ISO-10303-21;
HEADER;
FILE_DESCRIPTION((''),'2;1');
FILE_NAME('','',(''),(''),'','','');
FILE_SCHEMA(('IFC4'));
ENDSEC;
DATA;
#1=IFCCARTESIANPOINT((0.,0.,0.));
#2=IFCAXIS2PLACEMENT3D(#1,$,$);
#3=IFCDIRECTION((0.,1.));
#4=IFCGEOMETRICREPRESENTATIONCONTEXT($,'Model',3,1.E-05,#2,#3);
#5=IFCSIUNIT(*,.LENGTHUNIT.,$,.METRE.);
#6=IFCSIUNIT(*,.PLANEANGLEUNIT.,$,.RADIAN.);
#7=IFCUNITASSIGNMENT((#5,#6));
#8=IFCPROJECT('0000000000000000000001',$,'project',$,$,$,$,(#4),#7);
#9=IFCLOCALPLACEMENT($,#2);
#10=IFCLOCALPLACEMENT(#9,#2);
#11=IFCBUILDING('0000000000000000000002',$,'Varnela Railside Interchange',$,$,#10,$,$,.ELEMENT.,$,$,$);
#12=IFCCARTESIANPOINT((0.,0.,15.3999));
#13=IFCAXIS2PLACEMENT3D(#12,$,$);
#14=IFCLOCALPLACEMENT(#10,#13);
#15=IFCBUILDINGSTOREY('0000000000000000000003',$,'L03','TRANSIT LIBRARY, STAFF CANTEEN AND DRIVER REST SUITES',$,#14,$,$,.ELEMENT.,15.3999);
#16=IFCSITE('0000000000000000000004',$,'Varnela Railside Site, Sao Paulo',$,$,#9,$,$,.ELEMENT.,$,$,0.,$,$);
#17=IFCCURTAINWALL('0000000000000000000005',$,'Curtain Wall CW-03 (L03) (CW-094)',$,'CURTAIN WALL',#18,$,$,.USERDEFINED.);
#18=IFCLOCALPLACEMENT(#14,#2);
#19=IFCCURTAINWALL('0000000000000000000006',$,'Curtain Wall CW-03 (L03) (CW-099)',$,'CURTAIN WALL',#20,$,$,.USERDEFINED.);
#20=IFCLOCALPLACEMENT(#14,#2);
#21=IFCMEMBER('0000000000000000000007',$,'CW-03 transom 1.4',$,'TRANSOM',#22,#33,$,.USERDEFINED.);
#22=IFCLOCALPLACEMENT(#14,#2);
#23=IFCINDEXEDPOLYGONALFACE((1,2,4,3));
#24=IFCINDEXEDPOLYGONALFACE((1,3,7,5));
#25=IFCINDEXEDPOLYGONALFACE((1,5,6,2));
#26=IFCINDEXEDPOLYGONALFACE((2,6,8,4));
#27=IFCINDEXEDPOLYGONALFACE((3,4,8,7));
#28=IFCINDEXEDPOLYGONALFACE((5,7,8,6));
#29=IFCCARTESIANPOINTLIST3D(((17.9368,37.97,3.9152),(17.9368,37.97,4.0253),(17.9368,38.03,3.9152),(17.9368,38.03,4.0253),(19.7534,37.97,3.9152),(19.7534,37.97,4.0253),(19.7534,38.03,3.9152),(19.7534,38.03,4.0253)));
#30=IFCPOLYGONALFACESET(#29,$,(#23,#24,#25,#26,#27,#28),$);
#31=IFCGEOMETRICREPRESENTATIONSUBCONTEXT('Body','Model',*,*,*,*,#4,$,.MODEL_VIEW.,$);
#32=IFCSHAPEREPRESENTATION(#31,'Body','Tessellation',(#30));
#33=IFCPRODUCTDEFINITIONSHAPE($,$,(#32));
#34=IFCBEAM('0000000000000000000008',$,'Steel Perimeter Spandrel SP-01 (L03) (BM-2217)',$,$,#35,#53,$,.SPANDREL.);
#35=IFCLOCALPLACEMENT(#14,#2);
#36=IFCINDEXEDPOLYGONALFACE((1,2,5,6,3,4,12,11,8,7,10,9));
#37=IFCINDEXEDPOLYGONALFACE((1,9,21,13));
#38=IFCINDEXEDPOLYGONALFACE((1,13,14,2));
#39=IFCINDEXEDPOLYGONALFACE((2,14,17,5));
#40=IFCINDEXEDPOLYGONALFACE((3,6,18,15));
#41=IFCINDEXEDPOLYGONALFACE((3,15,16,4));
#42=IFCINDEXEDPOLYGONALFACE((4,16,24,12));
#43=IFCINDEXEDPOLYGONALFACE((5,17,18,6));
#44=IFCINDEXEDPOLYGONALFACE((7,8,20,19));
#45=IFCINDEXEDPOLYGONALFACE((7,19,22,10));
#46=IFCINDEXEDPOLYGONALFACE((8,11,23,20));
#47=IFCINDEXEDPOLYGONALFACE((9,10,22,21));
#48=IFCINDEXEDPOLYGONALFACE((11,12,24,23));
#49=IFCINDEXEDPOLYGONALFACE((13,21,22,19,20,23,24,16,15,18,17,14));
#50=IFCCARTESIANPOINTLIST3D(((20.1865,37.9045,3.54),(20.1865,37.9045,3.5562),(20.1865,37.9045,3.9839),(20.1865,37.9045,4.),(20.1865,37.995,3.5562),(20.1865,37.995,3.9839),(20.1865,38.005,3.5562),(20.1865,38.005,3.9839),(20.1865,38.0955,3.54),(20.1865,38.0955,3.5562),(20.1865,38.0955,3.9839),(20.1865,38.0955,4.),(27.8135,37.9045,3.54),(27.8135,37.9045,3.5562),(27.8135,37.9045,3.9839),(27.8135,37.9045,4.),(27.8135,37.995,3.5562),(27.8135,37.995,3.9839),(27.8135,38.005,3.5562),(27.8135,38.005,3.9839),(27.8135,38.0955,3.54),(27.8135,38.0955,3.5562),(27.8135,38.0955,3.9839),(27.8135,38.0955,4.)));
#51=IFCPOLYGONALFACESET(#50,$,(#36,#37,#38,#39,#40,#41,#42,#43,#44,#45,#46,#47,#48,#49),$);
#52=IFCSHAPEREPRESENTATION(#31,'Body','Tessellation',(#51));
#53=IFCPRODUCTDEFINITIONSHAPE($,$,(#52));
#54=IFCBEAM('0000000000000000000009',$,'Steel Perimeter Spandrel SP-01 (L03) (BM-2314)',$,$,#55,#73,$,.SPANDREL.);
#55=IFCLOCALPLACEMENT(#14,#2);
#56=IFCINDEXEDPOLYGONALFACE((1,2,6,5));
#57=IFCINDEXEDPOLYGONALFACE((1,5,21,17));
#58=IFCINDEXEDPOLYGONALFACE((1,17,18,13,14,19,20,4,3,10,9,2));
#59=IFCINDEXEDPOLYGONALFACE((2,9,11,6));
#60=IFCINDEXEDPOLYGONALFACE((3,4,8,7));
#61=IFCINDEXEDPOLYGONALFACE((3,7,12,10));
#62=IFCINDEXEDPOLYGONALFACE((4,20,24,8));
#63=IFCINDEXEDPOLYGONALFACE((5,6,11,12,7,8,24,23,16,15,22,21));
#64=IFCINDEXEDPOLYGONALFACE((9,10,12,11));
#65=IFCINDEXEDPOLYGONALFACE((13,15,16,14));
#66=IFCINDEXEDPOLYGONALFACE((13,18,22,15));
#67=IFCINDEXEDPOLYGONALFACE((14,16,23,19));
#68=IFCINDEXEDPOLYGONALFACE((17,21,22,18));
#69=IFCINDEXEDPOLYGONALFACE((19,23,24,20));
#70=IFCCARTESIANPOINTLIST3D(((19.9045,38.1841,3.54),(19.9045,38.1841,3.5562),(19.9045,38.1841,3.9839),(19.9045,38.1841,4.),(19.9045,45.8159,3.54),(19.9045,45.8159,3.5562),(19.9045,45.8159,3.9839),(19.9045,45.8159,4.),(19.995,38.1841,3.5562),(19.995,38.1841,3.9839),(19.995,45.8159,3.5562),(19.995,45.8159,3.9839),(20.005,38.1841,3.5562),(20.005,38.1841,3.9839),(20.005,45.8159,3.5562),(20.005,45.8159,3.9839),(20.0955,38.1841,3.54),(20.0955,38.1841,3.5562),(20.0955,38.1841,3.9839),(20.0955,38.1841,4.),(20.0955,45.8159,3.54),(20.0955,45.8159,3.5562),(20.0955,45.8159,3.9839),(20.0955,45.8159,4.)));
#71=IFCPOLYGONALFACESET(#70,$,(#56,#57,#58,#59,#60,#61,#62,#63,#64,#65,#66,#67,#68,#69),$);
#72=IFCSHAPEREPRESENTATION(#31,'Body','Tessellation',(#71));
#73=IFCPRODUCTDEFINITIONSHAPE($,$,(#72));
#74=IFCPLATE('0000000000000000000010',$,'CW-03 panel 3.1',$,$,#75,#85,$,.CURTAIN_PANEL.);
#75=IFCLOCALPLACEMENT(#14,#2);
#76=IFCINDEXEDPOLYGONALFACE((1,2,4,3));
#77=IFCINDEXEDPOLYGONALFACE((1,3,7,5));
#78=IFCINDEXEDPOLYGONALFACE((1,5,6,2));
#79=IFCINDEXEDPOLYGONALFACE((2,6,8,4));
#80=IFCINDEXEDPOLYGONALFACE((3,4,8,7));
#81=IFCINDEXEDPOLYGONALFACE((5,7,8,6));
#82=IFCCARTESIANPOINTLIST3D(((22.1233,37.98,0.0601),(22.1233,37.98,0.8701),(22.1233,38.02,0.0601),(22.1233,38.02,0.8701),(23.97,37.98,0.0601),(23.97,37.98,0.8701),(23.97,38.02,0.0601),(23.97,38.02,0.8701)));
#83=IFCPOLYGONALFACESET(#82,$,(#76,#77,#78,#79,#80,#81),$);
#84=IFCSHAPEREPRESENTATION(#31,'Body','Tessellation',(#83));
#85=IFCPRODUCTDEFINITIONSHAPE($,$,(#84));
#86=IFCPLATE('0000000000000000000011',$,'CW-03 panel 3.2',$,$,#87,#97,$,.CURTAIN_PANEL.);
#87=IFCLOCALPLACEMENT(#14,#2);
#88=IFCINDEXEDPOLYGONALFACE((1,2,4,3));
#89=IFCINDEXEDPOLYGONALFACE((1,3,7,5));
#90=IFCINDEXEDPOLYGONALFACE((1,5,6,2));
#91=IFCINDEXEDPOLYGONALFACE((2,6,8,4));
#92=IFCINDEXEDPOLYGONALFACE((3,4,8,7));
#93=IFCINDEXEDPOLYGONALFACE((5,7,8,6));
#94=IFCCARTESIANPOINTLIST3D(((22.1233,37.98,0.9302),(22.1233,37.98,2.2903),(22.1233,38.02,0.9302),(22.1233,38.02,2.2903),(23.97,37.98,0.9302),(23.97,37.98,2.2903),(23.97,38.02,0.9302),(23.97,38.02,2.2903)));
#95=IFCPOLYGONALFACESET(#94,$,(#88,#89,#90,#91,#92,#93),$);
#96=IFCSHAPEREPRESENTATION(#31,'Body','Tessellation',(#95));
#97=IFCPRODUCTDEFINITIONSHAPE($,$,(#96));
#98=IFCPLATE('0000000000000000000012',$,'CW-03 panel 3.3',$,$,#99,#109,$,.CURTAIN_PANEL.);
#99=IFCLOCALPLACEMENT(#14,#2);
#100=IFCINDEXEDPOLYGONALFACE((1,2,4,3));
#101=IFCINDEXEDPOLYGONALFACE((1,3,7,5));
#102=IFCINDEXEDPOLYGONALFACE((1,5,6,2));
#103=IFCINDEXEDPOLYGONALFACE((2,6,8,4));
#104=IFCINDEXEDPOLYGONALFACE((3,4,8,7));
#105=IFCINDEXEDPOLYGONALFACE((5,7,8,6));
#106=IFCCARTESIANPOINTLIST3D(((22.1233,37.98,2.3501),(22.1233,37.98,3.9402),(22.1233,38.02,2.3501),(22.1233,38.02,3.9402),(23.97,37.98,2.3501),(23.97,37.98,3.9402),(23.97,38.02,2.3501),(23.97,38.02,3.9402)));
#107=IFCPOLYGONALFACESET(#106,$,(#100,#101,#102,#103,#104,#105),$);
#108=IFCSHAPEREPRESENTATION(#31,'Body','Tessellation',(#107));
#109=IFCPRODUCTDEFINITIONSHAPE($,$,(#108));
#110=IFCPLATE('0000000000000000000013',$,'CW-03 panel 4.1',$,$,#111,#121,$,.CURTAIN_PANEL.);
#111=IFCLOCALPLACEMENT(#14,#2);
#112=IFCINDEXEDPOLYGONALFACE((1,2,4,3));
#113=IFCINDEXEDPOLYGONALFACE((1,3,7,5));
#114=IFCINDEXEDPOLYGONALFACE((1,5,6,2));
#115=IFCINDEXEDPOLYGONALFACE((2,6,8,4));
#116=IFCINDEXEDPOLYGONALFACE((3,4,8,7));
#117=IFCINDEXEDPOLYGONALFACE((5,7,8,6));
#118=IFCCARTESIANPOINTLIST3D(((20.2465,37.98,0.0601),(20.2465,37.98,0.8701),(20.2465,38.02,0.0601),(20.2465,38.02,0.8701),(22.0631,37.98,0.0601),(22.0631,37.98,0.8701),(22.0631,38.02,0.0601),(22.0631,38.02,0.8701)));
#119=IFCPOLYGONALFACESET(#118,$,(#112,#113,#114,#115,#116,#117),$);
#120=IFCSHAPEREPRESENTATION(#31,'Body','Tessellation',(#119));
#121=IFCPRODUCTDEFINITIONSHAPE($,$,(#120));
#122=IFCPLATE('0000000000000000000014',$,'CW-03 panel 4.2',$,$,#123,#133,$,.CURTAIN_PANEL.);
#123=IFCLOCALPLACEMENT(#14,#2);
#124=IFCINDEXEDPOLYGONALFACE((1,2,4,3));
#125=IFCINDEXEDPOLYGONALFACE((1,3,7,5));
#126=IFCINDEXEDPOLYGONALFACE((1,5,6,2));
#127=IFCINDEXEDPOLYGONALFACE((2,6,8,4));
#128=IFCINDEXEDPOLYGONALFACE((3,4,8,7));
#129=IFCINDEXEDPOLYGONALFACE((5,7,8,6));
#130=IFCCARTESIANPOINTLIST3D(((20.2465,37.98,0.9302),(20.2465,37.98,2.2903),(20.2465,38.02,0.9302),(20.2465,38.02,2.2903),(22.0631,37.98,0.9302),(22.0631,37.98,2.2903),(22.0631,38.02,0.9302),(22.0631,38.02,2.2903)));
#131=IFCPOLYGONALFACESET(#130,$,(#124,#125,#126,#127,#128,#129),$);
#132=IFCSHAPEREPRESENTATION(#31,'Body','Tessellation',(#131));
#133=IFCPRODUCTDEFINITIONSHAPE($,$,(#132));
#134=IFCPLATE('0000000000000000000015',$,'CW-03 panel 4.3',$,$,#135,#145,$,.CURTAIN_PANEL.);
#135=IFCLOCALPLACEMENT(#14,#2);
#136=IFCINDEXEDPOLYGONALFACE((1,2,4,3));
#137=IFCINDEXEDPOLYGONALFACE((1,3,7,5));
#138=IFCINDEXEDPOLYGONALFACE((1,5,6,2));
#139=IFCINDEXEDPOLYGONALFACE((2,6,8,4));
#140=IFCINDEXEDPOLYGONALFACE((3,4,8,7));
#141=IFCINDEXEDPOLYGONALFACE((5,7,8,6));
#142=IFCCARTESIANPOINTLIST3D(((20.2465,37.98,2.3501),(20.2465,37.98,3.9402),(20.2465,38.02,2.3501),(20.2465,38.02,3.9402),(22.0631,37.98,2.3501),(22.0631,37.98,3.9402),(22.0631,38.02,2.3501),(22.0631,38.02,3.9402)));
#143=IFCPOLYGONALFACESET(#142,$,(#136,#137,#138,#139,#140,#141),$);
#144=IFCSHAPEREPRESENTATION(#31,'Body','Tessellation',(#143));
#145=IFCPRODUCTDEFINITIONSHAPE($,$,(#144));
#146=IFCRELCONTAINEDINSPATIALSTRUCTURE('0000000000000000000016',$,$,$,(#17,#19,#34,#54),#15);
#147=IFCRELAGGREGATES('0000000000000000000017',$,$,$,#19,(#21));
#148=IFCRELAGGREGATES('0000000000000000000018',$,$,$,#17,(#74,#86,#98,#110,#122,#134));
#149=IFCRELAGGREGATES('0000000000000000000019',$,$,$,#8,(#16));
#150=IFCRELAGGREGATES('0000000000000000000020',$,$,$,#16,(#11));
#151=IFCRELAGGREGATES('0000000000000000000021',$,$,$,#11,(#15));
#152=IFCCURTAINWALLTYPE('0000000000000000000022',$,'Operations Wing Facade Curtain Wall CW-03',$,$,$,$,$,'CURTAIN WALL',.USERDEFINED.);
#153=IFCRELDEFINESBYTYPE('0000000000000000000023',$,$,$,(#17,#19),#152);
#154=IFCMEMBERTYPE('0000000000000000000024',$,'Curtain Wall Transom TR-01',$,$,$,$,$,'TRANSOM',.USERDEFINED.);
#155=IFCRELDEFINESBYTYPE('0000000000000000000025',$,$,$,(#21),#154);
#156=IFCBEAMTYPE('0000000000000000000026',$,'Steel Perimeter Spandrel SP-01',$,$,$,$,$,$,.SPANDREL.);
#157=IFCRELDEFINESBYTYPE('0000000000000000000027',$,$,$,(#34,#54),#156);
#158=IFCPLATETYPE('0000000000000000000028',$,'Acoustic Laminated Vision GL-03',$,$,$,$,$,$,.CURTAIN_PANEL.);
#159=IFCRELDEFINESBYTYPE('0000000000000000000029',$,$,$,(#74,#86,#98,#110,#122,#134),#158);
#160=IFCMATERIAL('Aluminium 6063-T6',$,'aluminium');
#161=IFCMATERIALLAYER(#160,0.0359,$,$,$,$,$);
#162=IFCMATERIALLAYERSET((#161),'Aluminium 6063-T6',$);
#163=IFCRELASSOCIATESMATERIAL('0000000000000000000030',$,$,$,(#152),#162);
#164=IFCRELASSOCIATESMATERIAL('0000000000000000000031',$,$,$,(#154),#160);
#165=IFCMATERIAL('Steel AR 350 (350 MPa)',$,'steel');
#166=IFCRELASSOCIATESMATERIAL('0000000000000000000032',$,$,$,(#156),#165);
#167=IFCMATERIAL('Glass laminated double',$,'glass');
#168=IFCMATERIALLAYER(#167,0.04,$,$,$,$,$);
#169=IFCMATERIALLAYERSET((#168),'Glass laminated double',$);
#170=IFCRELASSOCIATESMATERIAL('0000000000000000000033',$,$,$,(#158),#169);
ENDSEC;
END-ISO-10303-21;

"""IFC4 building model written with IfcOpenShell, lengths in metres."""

from ifc_helpers import new_model, si_unit, direction, frame, origin, origin_2d, place, context, subcontext, project, spatial, rectangle, i_section, extrude, material, layer, layer_set, material_profile, profile_set, type_object, element, aggregate, save


model = new_model("IFC4")

# Units and contexts
model_context = context("Model", 3, precision=1e-05, world=origin(), true_north=direction((0.0, 1.0)))
body_context = subcontext(model_context, "Body", "Model", "MODEL_VIEW")
ifc_project = project(units=[si_unit("LENGTHUNIT", "METRE"), si_unit("PLANEANGLEUNIT", "RADIAN")], contexts=[model_context])

# Site, building, storey
site_placement = place(None, origin())
site = spatial("IfcSite", under=ifc_project, at=site_placement, Name="Varnela Railside Site, Sao Paulo", CompositionType="ELEMENT", RefElevation=0.0)
building_placement = place(site_placement, origin())
building = spatial("IfcBuilding", under=site, at=building_placement, Name="Varnela Railside Interchange", CompositionType="ELEMENT")
storey_placement = place(building_placement, frame((0.0, 0.0, 15.3999)))
storey = spatial("IfcBuildingStorey", under=building, at=storey_placement, Name="L03", Description="TRANSIT LIBRARY, STAFF CANTEEN AND DRIVER REST SUITES", CompositionType="ELEMENT", Elevation=15.3999)

# Shared definitions
ifc_material_1 = material(Name="Steel AR 350 (350 MPa)", Category="steel")

# Curtain wall
ifc_material_2 = material(Name="Aluminium 6063-T6", Category="aluminium")
ifc_layer_1 = layer(ifc_material_2, 0.0359)
ifc_layer_set_1 = layer_set([ifc_layer_1], Name="Aluminium 6063-T6")
curtain_wall_type = type_object("IfcCurtainWallType", Name="Operations Wing Facade Curtain Wall CW-03", ElementType="CURTAIN WALL", PredefinedType="USERDEFINED", material=ifc_layer_set_1)
curtain_wall_1_placement = place(storey_placement, origin())
curtain_wall_1 = element("IfcCurtainWall", 1, at=curtain_wall_1_placement, inside=storey, type_object=curtain_wall_type, Name="Curtain Wall CW-03 (L03) (CW-094)", ObjectType="CURTAIN WALL", PredefinedType="USERDEFINED")

# Curtain wall
curtain_wall_2_placement = place(storey_placement, origin())
curtain_wall_2 = element("IfcCurtainWall", 2, at=curtain_wall_2_placement, inside=storey, type_object=curtain_wall_type, Name="Curtain Wall CW-03 (L03) (CW-099)", ObjectType="CURTAIN WALL", PredefinedType="USERDEFINED")

# Member
ifc_material_profile_1 = material_profile(ifc_material_2, rectangle(XDim=0.0601, YDim=0.1101, at=origin_2d()), Name="ALU 60x110")
ifc_profile_set_1 = profile_set([ifc_material_profile_1], Name="Aluminium 6063-T6")
member_type_1 = type_object("IfcMemberType", Name="Curtain Wall Transom TR-01", ElementType="TRANSOM", PredefinedType="USERDEFINED", material=ifc_profile_set_1)
member_1_placement = place(storey_placement, frame((19.7534, 38.0, 3.9702), z_axis=(-1.0, 0.0, 0.0), x_axis=(0.0, -1.0, 0.0)))
member_1 = element("IfcMember", 3, at=member_1_placement, type_object=member_type_1, Name="CW-03 transom 1.4", ObjectType="TRANSOM", PredefinedType="USERDEFINED", context=body_context, shape_type="SweptSolid", body=[
    extrude(rectangle(XDim=0.0601, YDim=0.1101, at=origin_2d()), origin(), (0.0, 0.0, 1.0), 1.8167),
])
aggregate(curtain_wall_2, [member_1])

# Beams
ifc_material_profile_2 = material_profile(ifc_material_1, i_section(OverallWidth=0.1909, OverallDepth=0.46, WebThickness=0.01, FlangeThickness=0.0161, at=origin_2d()), Name="W460x82")
ifc_profile_set_2 = profile_set([ifc_material_profile_2], Name="Steel AR 350 (350 MPa)")
beam_type = type_object("IfcBeamType", Name="Steel Perimeter Spandrel SP-01", PredefinedType="SPANDREL", material=ifc_profile_set_2)
beam_1_placement = place(storey_placement, frame((20.1865, 38.0, 3.77), z_axis=(1.0, 0.0, 0.0), x_axis=(0.0, 1.0, 0.0)))
element("IfcBeam", 4, at=beam_1_placement, inside=storey, type_object=beam_type, Name="Steel Perimeter Spandrel SP-01 (L03) (BM-2217)", PredefinedType="SPANDREL", context=body_context, shape_type="SweptSolid", body=[
    extrude(i_section(OverallWidth=0.1909, OverallDepth=0.46, WebThickness=0.01, FlangeThickness=0.0161, at=origin_2d()), origin(), (0.0, 0.0, 1.0), 7.627),
])
beam_2_placement = place(storey_placement, frame((20.0, 38.1841, 3.77), z_axis=(0.0, 1.0, 0.0), x_axis=(-1.0, 0.0, 0.0)))
element("IfcBeam", 5, at=beam_2_placement, inside=storey, type_object=beam_type, Name="Steel Perimeter Spandrel SP-01 (L03) (BM-2314)", PredefinedType="SPANDREL", context=body_context, shape_type="SweptSolid", body=[
    extrude(i_section(OverallWidth=0.1909, OverallDepth=0.46, WebThickness=0.01, FlangeThickness=0.0161, at=origin_2d()), origin(), (0.0, 0.0, 1.0), 7.6318),
])

# Plates
ifc_material_3 = material(Name="Glass laminated double", Category="glass")
ifc_layer_2 = layer(ifc_material_3, 0.04)
ifc_layer_set_2 = layer_set([ifc_layer_2], Name="Glass laminated double")
plate_type = type_object("IfcPlateType", Name="Acoustic Laminated Vision GL-03", PredefinedType="CURTAIN_PANEL", material=ifc_layer_set_2)
plate_1_placement = place(storey_placement, frame((23.0466, 38.0, 0.0601), z_axis=(0.0, 0.0, 1.0), x_axis=(-1.0, 0.0, 0.0)))
plate_1 = element("IfcPlate", 6, at=plate_1_placement, type_object=plate_type, Name="CW-03 panel 3.1", PredefinedType="CURTAIN_PANEL", context=body_context, shape_type="SweptSolid", body=[
    extrude(rectangle(XDim=1.8467, YDim=0.04, at=origin_2d()), origin(), (0.0, 0.0, 1.0), 0.8101),
])
plate_2_placement = place(storey_placement, frame((23.0466, 38.0, 0.9302), z_axis=(0.0, 0.0, 1.0), x_axis=(-1.0, 0.0, 0.0)))
plate_2 = element("IfcPlate", 7, at=plate_2_placement, type_object=plate_type, Name="CW-03 panel 3.2", PredefinedType="CURTAIN_PANEL", context=body_context, shape_type="SweptSolid", body=[
    extrude(rectangle(XDim=1.8467, YDim=0.04, at=origin_2d()), origin(), (0.0, 0.0, 1.0), 1.3601),
])
plate_3_placement = place(storey_placement, frame((23.0466, 38.0, 2.3501), z_axis=(0.0, 0.0, 1.0), x_axis=(-1.0, 0.0, 0.0)))
plate_3 = element("IfcPlate", 8, at=plate_3_placement, type_object=plate_type, Name="CW-03 panel 3.3", PredefinedType="CURTAIN_PANEL", context=body_context, shape_type="SweptSolid", body=[
    extrude(rectangle(XDim=1.8467, YDim=0.04, at=origin_2d()), origin(), (0.0, 0.0, 1.0), 1.5901),
])
plate_4_placement = place(storey_placement, frame((21.1548, 38.0, 0.0601), z_axis=(0.0, 0.0, 1.0), x_axis=(-1.0, 0.0, 0.0)))
plate_4 = element("IfcPlate", 9, at=plate_4_placement, type_object=plate_type, Name="CW-03 panel 4.1", PredefinedType="CURTAIN_PANEL", context=body_context, shape_type="SweptSolid", body=[
    extrude(rectangle(XDim=1.8167, YDim=0.04, at=origin_2d()), origin(), (0.0, 0.0, 1.0), 0.8101),
])
plate_5_placement = place(storey_placement, frame((21.1548, 38.0, 0.9302), z_axis=(0.0, 0.0, 1.0), x_axis=(-1.0, 0.0, 0.0)))
plate_5 = element("IfcPlate", 10, at=plate_5_placement, type_object=plate_type, Name="CW-03 panel 4.2", PredefinedType="CURTAIN_PANEL", context=body_context, shape_type="SweptSolid", body=[
    extrude(rectangle(XDim=1.8167, YDim=0.04, at=origin_2d()), origin(), (0.0, 0.0, 1.0), 1.3601),
])
plate_6_placement = place(storey_placement, frame((21.1548, 38.0, 2.3501), z_axis=(0.0, 0.0, 1.0), x_axis=(-1.0, 0.0, 0.0)))
plate_6 = element("IfcPlate", 11, at=plate_6_placement, type_object=plate_type, Name="CW-03 panel 4.3", PredefinedType="CURTAIN_PANEL", context=body_context, shape_type="SweptSolid", body=[
    extrude(rectangle(XDim=1.8167, YDim=0.04, at=origin_2d()), origin(), (0.0, 0.0, 1.0), 1.5901),
])
aggregate(curtain_wall_1, [plate_1, plate_2, plate_3, plate_4, plate_5, plate_6])

save(model, "model.ifc")
